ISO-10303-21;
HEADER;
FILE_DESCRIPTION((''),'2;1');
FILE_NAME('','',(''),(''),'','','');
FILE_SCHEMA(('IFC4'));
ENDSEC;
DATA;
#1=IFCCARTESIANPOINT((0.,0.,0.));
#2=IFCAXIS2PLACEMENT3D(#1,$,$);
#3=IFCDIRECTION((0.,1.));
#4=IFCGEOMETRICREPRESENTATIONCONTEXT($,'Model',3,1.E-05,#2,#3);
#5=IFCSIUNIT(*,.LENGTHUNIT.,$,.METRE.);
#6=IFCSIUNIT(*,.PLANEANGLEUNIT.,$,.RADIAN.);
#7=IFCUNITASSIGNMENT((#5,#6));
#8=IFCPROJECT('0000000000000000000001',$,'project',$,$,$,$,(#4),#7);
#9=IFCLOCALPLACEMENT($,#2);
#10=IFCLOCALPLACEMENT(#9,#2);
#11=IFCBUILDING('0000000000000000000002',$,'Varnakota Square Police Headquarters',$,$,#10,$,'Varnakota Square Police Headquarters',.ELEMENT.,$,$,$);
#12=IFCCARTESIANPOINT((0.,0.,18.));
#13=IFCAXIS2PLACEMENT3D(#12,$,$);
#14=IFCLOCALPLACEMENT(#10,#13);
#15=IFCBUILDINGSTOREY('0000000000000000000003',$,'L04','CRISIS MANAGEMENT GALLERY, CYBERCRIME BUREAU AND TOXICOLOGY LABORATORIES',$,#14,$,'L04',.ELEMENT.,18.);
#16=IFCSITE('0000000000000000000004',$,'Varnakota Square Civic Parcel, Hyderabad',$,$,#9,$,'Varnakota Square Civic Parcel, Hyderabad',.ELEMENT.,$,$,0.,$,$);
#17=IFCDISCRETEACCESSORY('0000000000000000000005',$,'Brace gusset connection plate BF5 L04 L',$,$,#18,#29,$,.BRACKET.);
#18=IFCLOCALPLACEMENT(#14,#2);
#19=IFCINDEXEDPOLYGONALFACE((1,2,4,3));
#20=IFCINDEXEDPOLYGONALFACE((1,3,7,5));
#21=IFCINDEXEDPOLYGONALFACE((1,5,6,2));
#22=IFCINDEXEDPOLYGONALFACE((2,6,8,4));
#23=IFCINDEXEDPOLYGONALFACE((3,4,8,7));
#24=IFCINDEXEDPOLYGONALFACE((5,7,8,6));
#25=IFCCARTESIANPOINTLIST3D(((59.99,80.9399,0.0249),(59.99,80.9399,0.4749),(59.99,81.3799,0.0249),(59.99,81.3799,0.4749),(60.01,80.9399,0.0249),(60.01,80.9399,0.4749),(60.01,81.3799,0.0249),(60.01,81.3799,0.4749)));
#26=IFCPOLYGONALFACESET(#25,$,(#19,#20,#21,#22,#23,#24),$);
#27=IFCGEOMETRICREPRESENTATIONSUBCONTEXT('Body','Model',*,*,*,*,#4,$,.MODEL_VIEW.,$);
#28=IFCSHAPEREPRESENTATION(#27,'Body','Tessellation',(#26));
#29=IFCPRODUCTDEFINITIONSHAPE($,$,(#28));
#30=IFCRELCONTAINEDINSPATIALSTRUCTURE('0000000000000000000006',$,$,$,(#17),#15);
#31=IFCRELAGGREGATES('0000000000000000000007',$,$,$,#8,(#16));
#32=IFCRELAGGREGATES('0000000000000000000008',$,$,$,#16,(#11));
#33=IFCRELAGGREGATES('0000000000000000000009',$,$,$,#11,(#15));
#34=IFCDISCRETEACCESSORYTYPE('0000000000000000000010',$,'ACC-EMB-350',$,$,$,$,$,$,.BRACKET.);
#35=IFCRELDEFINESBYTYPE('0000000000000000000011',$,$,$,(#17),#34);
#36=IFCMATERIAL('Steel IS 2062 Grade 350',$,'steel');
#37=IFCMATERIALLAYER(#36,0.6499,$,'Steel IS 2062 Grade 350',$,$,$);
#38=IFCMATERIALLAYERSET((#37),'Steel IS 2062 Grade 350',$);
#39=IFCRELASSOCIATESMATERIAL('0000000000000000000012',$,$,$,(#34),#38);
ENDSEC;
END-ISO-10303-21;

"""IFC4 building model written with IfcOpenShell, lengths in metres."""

from ifc_helpers import new_model, si_unit, direction, frame, origin, origin_2d, place, context, subcontext, project, spatial, rectangle, extrude, material, layer, layer_set, type_object, element, save


model = new_model("IFC4")

# Units and contexts
model_context = context("Model", 3, precision=1e-05, world=origin(), true_north=direction((0.0, 1.0)))
body_context = subcontext(model_context, "Body", "Model", "MODEL_VIEW")
ifc_project = project(units=[si_unit("LENGTHUNIT", "METRE"), si_unit("PLANEANGLEUNIT", "RADIAN")], contexts=[model_context])

# Site, building, storey
site_placement = place(None, origin())
site = spatial("IfcSite", under=ifc_project, at=site_placement, Name="Varnakota Square Civic Parcel, Hyderabad", LongName="Varnakota Square Civic Parcel, Hyderabad", CompositionType="ELEMENT", RefElevation=0.0)
building_placement = place(site_placement, origin())
building = spatial("IfcBuilding", under=site, at=building_placement, Name="Varnakota Square Police Headquarters", LongName="Varnakota Square Police Headquarters", CompositionType="ELEMENT")
storey_placement = place(building_placement, frame((0.0, 0.0, 18.0)))
storey = spatial("IfcBuildingStorey", under=building, at=storey_placement, Name="L04", Description="CRISIS MANAGEMENT GALLERY, CYBERCRIME BUREAU AND TOXICOLOGY LABORATORIES", LongName="L04", CompositionType="ELEMENT", Elevation=18.0)

# Shared definitions
ifc_material_1 = material(Name="Steel IS 2062 Grade 350", Category="steel")

# Discrete accessory
ifc_layer_1 = layer(ifc_material_1, 0.6499, Name="Steel IS 2062 Grade 350")
ifc_layer_set_1 = layer_set([ifc_layer_1], Name="Steel IS 2062 Grade 350")
discrete_accessory_type = type_object("IfcDiscreteAccessoryType", Name="ACC-EMB-350", PredefinedType="BRACKET", material=ifc_layer_set_1)
discrete_accessory_placement = place(storey_placement, frame((60.0, 81.1599, 0.0249), z_axis=(0.0, 0.0, 1.0), x_axis=(0.0, 1.0, 0.0)))
element("IfcDiscreteAccessory", 1, at=discrete_accessory_placement, inside=storey, type_object=discrete_accessory_type, Name="Brace gusset connection plate BF5 L04 L", PredefinedType="BRACKET", context=body_context, shape_type="SweptSolid", body=[
    extrude(rectangle(XDim=0.4399, YDim=0.02, at=origin_2d()), origin(), (0.0, 0.0, 1.0), 0.45),
])

save(model, "model.ifc")
